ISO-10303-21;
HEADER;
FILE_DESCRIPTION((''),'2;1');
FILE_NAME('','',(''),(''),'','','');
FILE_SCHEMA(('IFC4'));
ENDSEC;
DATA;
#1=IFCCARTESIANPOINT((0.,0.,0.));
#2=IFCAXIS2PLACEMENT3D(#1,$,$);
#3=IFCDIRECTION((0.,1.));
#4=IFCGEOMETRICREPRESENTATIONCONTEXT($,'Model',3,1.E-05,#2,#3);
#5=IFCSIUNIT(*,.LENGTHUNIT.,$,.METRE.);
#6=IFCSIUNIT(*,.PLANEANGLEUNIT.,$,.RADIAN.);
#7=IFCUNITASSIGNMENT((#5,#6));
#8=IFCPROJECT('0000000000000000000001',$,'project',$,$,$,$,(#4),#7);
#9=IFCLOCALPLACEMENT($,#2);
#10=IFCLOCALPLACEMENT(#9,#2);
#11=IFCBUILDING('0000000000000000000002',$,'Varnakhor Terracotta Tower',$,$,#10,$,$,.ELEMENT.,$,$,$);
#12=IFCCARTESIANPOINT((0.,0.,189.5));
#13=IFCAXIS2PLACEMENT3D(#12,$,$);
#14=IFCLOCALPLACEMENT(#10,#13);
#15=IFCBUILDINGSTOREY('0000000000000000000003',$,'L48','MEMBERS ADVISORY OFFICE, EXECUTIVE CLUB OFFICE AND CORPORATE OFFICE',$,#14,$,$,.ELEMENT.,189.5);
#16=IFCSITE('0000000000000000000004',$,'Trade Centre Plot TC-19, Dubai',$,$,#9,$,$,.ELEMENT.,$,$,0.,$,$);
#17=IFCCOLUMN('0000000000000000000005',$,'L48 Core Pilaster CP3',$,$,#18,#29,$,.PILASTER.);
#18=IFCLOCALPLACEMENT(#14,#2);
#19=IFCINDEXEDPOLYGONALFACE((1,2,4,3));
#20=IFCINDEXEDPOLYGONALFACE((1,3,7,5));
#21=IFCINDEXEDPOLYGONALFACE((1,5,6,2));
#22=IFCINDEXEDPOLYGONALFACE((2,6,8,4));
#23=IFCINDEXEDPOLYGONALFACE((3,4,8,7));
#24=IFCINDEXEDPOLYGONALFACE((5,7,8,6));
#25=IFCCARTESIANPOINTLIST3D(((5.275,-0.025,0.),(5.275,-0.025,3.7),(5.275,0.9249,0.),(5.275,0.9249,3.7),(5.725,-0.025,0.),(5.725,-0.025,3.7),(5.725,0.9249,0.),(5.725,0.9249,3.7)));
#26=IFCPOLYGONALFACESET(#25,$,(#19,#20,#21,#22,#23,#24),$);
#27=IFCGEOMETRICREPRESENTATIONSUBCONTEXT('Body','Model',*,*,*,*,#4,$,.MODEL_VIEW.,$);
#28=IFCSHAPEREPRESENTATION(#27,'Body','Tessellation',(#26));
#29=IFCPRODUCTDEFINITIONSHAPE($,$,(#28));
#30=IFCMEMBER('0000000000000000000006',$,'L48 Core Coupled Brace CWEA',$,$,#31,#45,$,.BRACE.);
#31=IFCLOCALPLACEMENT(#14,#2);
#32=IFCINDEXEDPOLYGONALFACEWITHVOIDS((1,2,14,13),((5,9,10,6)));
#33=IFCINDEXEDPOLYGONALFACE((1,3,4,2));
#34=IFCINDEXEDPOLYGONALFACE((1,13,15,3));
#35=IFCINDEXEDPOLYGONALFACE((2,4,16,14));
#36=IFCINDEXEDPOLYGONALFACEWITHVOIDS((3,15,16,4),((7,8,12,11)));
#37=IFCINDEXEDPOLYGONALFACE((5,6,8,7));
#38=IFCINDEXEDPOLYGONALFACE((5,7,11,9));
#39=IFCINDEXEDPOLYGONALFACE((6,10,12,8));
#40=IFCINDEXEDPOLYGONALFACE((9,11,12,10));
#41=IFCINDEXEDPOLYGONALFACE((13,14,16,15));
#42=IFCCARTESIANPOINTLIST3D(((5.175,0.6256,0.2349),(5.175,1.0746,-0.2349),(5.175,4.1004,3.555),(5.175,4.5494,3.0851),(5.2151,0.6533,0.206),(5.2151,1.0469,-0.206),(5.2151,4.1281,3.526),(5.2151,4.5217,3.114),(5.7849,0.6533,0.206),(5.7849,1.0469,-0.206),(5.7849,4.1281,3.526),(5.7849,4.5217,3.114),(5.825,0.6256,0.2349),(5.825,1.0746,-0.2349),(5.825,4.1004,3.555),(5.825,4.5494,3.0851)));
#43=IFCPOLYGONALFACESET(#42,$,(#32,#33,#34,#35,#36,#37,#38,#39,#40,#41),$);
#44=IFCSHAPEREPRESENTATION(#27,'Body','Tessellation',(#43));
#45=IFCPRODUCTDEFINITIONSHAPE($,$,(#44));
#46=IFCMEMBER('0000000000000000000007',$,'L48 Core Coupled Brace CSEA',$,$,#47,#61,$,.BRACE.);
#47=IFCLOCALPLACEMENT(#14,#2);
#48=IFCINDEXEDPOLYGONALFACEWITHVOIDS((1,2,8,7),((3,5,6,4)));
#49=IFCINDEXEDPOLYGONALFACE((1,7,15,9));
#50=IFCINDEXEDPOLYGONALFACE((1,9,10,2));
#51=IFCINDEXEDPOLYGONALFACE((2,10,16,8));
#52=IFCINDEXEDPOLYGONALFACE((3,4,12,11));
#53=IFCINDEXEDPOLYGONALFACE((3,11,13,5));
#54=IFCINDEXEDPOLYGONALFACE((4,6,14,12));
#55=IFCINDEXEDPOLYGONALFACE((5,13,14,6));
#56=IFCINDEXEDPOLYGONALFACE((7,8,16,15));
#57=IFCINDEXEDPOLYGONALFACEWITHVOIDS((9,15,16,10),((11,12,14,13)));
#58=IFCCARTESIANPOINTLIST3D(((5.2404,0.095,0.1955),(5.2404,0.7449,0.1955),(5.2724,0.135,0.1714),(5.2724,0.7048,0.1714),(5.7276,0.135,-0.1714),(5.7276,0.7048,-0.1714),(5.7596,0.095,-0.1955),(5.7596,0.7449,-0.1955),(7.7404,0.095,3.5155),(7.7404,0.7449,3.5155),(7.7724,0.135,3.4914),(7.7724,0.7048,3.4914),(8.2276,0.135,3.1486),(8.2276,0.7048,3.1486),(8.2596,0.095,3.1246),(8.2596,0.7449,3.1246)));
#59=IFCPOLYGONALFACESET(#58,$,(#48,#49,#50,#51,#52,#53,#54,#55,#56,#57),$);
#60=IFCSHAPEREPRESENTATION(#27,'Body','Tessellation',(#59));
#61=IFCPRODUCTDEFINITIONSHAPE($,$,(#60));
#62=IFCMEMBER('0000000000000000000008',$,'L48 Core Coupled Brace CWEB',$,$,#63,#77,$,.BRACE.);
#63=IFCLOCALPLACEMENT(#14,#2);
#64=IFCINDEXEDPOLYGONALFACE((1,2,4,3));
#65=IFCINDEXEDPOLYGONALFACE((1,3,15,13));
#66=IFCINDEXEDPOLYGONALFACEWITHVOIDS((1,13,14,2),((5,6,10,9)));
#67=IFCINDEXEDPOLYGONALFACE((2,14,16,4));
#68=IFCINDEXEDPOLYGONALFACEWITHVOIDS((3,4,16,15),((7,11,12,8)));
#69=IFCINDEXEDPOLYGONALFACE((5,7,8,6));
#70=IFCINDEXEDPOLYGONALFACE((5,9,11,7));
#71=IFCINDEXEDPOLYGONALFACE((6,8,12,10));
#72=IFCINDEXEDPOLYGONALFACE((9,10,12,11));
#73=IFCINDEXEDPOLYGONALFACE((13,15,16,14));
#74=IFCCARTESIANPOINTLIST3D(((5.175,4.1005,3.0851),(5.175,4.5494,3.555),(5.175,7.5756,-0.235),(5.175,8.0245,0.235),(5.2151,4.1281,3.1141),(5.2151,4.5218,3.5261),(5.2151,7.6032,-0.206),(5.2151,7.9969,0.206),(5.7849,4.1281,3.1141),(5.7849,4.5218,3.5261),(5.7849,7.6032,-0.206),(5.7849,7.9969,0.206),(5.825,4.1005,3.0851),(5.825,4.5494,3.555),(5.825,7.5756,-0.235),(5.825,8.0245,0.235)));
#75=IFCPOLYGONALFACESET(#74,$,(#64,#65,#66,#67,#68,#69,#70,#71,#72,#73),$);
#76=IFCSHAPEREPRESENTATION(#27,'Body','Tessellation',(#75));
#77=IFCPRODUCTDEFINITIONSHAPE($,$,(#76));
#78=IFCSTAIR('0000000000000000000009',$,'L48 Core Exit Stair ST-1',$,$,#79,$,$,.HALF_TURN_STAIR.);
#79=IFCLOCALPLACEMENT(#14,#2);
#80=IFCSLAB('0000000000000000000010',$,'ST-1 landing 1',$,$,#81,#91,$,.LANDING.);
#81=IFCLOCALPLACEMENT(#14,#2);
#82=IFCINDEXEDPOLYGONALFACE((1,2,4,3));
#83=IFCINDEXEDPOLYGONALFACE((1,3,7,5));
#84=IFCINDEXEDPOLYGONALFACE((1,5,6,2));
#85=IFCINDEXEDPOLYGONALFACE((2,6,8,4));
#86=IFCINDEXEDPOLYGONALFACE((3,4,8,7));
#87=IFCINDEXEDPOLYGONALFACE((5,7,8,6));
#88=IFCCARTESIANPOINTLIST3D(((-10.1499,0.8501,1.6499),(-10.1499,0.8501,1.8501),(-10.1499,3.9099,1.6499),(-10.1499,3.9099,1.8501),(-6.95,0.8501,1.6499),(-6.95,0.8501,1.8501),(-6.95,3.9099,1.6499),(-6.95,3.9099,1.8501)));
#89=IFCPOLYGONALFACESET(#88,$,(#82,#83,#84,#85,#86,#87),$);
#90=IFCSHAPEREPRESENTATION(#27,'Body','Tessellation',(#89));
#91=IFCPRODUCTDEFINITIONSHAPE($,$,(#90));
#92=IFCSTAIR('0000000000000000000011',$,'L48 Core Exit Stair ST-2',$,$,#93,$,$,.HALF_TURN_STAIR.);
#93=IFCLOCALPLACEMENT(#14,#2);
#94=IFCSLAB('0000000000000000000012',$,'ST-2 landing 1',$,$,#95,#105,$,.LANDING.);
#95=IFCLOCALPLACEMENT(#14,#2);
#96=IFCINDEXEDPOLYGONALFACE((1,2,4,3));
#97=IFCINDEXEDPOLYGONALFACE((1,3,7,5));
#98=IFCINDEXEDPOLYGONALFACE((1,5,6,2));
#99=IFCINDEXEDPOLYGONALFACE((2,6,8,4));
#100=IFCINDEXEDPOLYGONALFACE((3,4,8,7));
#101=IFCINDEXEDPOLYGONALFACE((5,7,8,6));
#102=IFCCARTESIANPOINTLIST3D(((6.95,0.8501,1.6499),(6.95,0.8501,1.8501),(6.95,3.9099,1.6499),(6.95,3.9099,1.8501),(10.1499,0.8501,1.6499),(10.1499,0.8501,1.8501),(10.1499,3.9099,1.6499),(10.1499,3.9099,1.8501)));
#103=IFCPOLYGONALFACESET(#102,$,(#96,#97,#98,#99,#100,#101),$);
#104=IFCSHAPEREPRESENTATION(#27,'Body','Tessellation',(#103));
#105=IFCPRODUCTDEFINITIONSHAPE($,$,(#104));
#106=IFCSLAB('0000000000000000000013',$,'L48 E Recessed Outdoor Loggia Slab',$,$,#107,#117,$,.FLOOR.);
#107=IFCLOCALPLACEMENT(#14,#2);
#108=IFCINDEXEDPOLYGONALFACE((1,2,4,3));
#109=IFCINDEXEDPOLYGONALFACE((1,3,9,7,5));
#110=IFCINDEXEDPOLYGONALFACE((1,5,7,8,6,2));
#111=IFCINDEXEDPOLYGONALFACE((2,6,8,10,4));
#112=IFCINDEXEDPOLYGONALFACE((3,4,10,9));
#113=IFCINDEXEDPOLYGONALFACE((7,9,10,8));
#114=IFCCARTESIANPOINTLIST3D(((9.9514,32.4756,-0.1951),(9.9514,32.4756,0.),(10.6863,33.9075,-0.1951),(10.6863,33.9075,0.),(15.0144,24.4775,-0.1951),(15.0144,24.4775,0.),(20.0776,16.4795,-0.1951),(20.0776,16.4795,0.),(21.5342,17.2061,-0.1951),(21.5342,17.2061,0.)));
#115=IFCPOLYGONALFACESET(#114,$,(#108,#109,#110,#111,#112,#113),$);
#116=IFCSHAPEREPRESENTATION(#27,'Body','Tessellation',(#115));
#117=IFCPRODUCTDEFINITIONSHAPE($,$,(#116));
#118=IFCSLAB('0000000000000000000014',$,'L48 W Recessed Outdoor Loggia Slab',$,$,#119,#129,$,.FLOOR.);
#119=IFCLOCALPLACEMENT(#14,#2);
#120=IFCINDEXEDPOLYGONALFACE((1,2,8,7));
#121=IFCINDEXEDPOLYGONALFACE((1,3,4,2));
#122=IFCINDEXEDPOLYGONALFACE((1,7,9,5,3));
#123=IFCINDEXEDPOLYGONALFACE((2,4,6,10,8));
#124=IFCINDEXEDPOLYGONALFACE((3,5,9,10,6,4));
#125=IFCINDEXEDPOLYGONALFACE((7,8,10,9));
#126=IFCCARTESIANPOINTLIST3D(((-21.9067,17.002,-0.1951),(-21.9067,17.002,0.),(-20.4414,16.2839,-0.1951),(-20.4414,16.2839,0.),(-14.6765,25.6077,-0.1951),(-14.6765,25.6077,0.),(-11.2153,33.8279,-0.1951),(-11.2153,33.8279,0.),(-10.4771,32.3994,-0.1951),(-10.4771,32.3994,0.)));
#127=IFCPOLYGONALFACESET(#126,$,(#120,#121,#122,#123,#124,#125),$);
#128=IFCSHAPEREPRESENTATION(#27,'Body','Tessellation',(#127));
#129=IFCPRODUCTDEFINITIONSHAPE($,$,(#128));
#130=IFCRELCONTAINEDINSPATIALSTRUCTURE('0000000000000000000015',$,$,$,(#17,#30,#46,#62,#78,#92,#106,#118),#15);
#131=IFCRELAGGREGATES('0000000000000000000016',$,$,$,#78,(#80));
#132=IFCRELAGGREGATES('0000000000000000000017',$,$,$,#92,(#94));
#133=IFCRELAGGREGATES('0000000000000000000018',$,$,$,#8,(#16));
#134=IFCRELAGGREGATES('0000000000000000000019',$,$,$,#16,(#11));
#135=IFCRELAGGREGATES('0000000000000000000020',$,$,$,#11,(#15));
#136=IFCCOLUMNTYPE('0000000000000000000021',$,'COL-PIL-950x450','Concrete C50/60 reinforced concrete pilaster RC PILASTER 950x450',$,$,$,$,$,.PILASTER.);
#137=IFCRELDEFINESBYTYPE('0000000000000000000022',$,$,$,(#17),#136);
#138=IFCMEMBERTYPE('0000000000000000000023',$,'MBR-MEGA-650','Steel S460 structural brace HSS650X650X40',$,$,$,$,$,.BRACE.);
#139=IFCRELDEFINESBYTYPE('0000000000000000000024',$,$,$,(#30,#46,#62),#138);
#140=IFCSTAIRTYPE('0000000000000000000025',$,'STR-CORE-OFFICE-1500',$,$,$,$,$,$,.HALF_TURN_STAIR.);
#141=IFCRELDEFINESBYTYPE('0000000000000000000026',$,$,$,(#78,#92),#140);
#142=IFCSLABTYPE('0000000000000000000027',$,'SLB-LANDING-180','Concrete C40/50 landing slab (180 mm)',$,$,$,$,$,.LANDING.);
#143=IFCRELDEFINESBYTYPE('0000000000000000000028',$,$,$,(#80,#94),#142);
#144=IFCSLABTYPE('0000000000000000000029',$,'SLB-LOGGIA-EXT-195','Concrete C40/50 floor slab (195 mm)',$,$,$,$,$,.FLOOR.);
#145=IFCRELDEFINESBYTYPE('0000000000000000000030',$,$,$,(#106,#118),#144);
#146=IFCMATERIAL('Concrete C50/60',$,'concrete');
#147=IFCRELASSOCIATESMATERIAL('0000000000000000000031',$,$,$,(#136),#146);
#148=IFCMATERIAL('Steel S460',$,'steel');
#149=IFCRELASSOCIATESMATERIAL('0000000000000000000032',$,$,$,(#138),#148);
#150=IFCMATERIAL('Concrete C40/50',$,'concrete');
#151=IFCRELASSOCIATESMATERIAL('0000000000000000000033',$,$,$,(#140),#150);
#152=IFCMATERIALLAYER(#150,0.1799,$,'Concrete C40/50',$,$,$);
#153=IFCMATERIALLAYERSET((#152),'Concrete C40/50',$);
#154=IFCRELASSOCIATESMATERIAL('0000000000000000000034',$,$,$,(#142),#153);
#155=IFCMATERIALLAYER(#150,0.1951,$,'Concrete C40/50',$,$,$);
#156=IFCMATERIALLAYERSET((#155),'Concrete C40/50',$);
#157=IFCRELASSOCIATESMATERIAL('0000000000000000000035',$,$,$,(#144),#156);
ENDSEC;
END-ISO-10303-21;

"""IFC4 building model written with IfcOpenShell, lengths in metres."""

from ifc_helpers import new_model, si_unit, direction, frame, origin, origin_2d, place, context, subcontext, project, spatial, polyline, rectangle, hollow_rectangle, outline, extrude, source, transform, mapped, material, layer, layer_set, material_profile, profile_set, type_object, element, aggregate, save


model = new_model("IFC4")

# Units and contexts
model_context = context("Model", 3, precision=1e-05, world=origin(), true_north=direction((0.0, 1.0)))
body_context = subcontext(model_context, "Body", "Model", "MODEL_VIEW")
ifc_project = project(units=[si_unit("LENGTHUNIT", "METRE"), si_unit("PLANEANGLEUNIT", "RADIAN")], contexts=[model_context])

# Site, building, storey
site_placement = place(None, origin())
site = spatial("IfcSite", under=ifc_project, at=site_placement, Name="Trade Centre Plot TC-19, Dubai", CompositionType="ELEMENT", RefElevation=0.0)
building_placement = place(site_placement, origin())
building = spatial("IfcBuilding", under=site, at=building_placement, Name="Varnakhor Terracotta Tower", CompositionType="ELEMENT")
storey_placement = place(building_placement, frame((0.0, 0.0, 189.5)))
storey = spatial("IfcBuildingStorey", under=building, at=storey_placement, Name="L48", Description="MEMBERS ADVISORY OFFICE, EXECUTIVE CLUB OFFICE AND CORPORATE OFFICE", CompositionType="ELEMENT", Elevation=189.5)

# Column
ifc_material_1 = material(Name="Concrete C50/60", Category="concrete")
ifc_material_profile_1 = material_profile(ifc_material_1, rectangle(XDim=0.45, YDim=0.95, at=origin_2d()), Name="RC PILASTER 950x450")
ifc_profile_set_1 = profile_set([ifc_material_profile_1], Name="Concrete C50/60")
column_type = type_object("IfcColumnType", Name="COL-PIL-950x450", Description="Concrete C50/60 reinforced concrete pilaster RC PILASTER 950x450", PredefinedType="PILASTER", material=ifc_profile_set_1)
shared_shape_1 = source(origin(), body_context, "Body", "SweptSolid", [
    extrude(rectangle(XDim=0.45, YDim=0.95, at=origin_2d()), origin(), (0.0, 0.0, 1.0), 3.7),
])
column_placement = place(storey_placement, frame((5.5, 0.45, 0.0), z_axis=(0.0, 0.0, 1.0), x_axis=(1.0, 0.0, 0.0)))
element("IfcColumn", 1, at=column_placement, inside=storey, type_object=column_type, Name="L48 Core Pilaster CP3", PredefinedType="PILASTER", context=body_context, shape_type="MappedRepresentation", body=[
    mapped(shared_shape_1, transform((0.0, 0.0, 0.0), scale=1.0)),
])

# Members
ifc_material_2 = material(Name="Steel S460", Category="steel")
ifc_material_profile_2 = material_profile(ifc_material_2, hollow_rectangle(XDim=0.6499, YDim=0.6499, WallThickness=0.04, at=origin_2d()), Name="HSS650X650X40")
ifc_profile_set_2 = profile_set([ifc_material_profile_2], Name="Steel S460")
member_type = type_object("IfcMemberType", Name="MBR-MEGA-650", Description="Steel S460 structural brace HSS650X650X40", PredefinedType="BRACE", material=ifc_profile_set_2)
shared_shape_2 = source(origin(), body_context, "Body", "SweptSolid", [
    extrude(hollow_rectangle(XDim=0.6499, YDim=0.6499, WallThickness=0.04, at=origin_2d()), origin(), (0.0, 0.0, 1.0), 4.8059),
])
member_1_placement = place(storey_placement, frame((5.5, 0.8501, 0.0), z_axis=(0.0, 0.723027, 0.69082), x_axis=(-1.0, 0.0, 0.0)))
element("IfcMember", 2, at=member_1_placement, inside=storey, type_object=member_type, Name="L48 Core Coupled Brace CWEA", PredefinedType="BRACE", context=body_context, shape_type="MappedRepresentation", body=[
    mapped(shared_shape_2, transform((0.0, 0.0, 0.0), scale=1.0)),
])
shared_shape_3 = source(origin(), body_context, "Body", "SweptSolid", [
    extrude(hollow_rectangle(XDim=0.6499, YDim=0.6499, WallThickness=0.04, at=origin_2d()), origin(), (0.0, 0.0, 1.0), 4.156),
])
member_2_placement = place(storey_placement, frame((5.5, 0.4199, 0.0), z_axis=(0.601531, 0.0, 0.79885), x_axis=(0.0, 1.0, 0.0)))
element("IfcMember", 3, at=member_2_placement, inside=storey, type_object=member_type, Name="L48 Core Coupled Brace CSEA", PredefinedType="BRACE", context=body_context, shape_type="MappedRepresentation", body=[
    mapped(shared_shape_3, transform((0.0, 0.0, 0.0), scale=1.0)),
])
shared_shape_4 = source(origin(), body_context, "Body", "SweptSolid", [
    extrude(hollow_rectangle(XDim=0.6499, YDim=0.6499, WallThickness=0.04, at=origin_2d()), origin(), (0.0, 0.0, 1.0), 4.8062),
])
member_3_placement = place(storey_placement, frame((5.5, 7.8, 0.0), z_axis=(0.0, -0.723051, 0.690795), x_axis=(1.0, 0.0, 0.0)))
element("IfcMember", 4, at=member_3_placement, inside=storey, type_object=member_type, Name="L48 Core Coupled Brace CWEB", PredefinedType="BRACE", context=body_context, shape_type="MappedRepresentation", body=[
    mapped(shared_shape_4, transform((0.0, 0.0, 0.0), scale=1.0)),
])

# Stairs, slabs
ifc_material_3 = material(Name="Concrete C40/50", Category="concrete")
stair_type = type_object("IfcStairType", Name="STR-CORE-OFFICE-1500", PredefinedType="HALF_TURN_STAIR", material=ifc_material_3)
stair_1_placement = place(storey_placement, origin())
stair_1 = element("IfcStair", 5, at=stair_1_placement, inside=storey, type_object=stair_type, Name="L48 Core Exit Stair ST-1", PredefinedType="HALF_TURN_STAIR")
ifc_layer_1 = layer(ifc_material_3, 0.1799, Name="Concrete C40/50")
ifc_layer_set_1 = layer_set([ifc_layer_1], Name="Concrete C40/50")
slab_type_1 = type_object("IfcSlabType", Name="SLB-LANDING-180", Description="Concrete C40/50 landing slab (180 mm)", PredefinedType="LANDING", material=ifc_layer_set_1)
slab_1_placement = place(storey_placement, frame((0.0, 0.0, 1.6499)))
slab_1 = element("IfcSlab", 6, at=slab_1_placement, type_object=slab_type_1, Name="ST-1 landing 1", PredefinedType="LANDING", context=body_context, shape_type="SweptSolid", body=[
    extrude(outline(polyline([(-10.1499, 3.9099), (-10.1499, 0.8501), (-6.95, 0.8501), (-6.95, 3.9099), (-10.1499, 3.9099)])), origin(), (0.0, 0.0, 1.0), 0.2002),
])
aggregate(stair_1, [slab_1])
stair_2_placement = place(storey_placement, origin())
stair_2 = element("IfcStair", 7, at=stair_2_placement, inside=storey, type_object=stair_type, Name="L48 Core Exit Stair ST-2", PredefinedType="HALF_TURN_STAIR")
slab_2_placement = place(storey_placement, frame((0.0, 0.0, 1.6499)))
slab_2 = element("IfcSlab", 8, at=slab_2_placement, type_object=slab_type_1, Name="ST-2 landing 1", PredefinedType="LANDING", context=body_context, shape_type="SweptSolid", body=[
    extrude(outline(polyline([(6.95, 3.9099), (6.95, 0.8501), (10.1499, 0.8501), (10.1499, 3.9099), (6.95, 3.9099)])), origin(), (0.0, 0.0, 1.0), 0.2002),
])

# Slabs
ifc_layer_2 = layer(ifc_material_3, 0.1951, Name="Concrete C40/50")
ifc_layer_set_2 = layer_set([ifc_layer_2], Name="Concrete C40/50")
slab_type_2 = type_object("IfcSlabType", Name="SLB-LOGGIA-EXT-195", Description="Concrete C40/50 floor slab (195 mm)", PredefinedType="FLOOR", material=ifc_layer_set_2)
slab_3_placement = place(storey_placement, frame((0.0, 0.0, -0.1951)))
element("IfcSlab", 9, at=slab_3_placement, inside=storey, type_object=slab_type_2, Name="L48 E Recessed Outdoor Loggia Slab", PredefinedType="FLOOR", context=body_context, shape_type="SweptSolid", body=[
    extrude(outline(polyline([(10.6863, 33.9075), (21.5342, 17.2061), (20.0776, 16.4795), (15.0144, 24.4775), (9.9514, 32.4756), (10.6863, 33.9075)])), origin(), (0.0, 0.0, 1.0), 0.1951),
])
slab_4_placement = place(storey_placement, frame((0.0, 0.0, -0.1951)))
element("IfcSlab", 10, at=slab_4_placement, inside=storey, type_object=slab_type_2, Name="L48 W Recessed Outdoor Loggia Slab", PredefinedType="FLOOR", context=body_context, shape_type="SweptSolid", body=[
    extrude(outline(polyline([(-21.9067, 17.002), (-11.2153, 33.8279), (-10.4771, 32.3994), (-14.6765, 25.6077), (-20.4414, 16.2839), (-21.9067, 17.002)])), origin(), (0.0, 0.0, 1.0), 0.1951),
])

aggregate(stair_2, [slab_2])

save(model, "model.ifc")
